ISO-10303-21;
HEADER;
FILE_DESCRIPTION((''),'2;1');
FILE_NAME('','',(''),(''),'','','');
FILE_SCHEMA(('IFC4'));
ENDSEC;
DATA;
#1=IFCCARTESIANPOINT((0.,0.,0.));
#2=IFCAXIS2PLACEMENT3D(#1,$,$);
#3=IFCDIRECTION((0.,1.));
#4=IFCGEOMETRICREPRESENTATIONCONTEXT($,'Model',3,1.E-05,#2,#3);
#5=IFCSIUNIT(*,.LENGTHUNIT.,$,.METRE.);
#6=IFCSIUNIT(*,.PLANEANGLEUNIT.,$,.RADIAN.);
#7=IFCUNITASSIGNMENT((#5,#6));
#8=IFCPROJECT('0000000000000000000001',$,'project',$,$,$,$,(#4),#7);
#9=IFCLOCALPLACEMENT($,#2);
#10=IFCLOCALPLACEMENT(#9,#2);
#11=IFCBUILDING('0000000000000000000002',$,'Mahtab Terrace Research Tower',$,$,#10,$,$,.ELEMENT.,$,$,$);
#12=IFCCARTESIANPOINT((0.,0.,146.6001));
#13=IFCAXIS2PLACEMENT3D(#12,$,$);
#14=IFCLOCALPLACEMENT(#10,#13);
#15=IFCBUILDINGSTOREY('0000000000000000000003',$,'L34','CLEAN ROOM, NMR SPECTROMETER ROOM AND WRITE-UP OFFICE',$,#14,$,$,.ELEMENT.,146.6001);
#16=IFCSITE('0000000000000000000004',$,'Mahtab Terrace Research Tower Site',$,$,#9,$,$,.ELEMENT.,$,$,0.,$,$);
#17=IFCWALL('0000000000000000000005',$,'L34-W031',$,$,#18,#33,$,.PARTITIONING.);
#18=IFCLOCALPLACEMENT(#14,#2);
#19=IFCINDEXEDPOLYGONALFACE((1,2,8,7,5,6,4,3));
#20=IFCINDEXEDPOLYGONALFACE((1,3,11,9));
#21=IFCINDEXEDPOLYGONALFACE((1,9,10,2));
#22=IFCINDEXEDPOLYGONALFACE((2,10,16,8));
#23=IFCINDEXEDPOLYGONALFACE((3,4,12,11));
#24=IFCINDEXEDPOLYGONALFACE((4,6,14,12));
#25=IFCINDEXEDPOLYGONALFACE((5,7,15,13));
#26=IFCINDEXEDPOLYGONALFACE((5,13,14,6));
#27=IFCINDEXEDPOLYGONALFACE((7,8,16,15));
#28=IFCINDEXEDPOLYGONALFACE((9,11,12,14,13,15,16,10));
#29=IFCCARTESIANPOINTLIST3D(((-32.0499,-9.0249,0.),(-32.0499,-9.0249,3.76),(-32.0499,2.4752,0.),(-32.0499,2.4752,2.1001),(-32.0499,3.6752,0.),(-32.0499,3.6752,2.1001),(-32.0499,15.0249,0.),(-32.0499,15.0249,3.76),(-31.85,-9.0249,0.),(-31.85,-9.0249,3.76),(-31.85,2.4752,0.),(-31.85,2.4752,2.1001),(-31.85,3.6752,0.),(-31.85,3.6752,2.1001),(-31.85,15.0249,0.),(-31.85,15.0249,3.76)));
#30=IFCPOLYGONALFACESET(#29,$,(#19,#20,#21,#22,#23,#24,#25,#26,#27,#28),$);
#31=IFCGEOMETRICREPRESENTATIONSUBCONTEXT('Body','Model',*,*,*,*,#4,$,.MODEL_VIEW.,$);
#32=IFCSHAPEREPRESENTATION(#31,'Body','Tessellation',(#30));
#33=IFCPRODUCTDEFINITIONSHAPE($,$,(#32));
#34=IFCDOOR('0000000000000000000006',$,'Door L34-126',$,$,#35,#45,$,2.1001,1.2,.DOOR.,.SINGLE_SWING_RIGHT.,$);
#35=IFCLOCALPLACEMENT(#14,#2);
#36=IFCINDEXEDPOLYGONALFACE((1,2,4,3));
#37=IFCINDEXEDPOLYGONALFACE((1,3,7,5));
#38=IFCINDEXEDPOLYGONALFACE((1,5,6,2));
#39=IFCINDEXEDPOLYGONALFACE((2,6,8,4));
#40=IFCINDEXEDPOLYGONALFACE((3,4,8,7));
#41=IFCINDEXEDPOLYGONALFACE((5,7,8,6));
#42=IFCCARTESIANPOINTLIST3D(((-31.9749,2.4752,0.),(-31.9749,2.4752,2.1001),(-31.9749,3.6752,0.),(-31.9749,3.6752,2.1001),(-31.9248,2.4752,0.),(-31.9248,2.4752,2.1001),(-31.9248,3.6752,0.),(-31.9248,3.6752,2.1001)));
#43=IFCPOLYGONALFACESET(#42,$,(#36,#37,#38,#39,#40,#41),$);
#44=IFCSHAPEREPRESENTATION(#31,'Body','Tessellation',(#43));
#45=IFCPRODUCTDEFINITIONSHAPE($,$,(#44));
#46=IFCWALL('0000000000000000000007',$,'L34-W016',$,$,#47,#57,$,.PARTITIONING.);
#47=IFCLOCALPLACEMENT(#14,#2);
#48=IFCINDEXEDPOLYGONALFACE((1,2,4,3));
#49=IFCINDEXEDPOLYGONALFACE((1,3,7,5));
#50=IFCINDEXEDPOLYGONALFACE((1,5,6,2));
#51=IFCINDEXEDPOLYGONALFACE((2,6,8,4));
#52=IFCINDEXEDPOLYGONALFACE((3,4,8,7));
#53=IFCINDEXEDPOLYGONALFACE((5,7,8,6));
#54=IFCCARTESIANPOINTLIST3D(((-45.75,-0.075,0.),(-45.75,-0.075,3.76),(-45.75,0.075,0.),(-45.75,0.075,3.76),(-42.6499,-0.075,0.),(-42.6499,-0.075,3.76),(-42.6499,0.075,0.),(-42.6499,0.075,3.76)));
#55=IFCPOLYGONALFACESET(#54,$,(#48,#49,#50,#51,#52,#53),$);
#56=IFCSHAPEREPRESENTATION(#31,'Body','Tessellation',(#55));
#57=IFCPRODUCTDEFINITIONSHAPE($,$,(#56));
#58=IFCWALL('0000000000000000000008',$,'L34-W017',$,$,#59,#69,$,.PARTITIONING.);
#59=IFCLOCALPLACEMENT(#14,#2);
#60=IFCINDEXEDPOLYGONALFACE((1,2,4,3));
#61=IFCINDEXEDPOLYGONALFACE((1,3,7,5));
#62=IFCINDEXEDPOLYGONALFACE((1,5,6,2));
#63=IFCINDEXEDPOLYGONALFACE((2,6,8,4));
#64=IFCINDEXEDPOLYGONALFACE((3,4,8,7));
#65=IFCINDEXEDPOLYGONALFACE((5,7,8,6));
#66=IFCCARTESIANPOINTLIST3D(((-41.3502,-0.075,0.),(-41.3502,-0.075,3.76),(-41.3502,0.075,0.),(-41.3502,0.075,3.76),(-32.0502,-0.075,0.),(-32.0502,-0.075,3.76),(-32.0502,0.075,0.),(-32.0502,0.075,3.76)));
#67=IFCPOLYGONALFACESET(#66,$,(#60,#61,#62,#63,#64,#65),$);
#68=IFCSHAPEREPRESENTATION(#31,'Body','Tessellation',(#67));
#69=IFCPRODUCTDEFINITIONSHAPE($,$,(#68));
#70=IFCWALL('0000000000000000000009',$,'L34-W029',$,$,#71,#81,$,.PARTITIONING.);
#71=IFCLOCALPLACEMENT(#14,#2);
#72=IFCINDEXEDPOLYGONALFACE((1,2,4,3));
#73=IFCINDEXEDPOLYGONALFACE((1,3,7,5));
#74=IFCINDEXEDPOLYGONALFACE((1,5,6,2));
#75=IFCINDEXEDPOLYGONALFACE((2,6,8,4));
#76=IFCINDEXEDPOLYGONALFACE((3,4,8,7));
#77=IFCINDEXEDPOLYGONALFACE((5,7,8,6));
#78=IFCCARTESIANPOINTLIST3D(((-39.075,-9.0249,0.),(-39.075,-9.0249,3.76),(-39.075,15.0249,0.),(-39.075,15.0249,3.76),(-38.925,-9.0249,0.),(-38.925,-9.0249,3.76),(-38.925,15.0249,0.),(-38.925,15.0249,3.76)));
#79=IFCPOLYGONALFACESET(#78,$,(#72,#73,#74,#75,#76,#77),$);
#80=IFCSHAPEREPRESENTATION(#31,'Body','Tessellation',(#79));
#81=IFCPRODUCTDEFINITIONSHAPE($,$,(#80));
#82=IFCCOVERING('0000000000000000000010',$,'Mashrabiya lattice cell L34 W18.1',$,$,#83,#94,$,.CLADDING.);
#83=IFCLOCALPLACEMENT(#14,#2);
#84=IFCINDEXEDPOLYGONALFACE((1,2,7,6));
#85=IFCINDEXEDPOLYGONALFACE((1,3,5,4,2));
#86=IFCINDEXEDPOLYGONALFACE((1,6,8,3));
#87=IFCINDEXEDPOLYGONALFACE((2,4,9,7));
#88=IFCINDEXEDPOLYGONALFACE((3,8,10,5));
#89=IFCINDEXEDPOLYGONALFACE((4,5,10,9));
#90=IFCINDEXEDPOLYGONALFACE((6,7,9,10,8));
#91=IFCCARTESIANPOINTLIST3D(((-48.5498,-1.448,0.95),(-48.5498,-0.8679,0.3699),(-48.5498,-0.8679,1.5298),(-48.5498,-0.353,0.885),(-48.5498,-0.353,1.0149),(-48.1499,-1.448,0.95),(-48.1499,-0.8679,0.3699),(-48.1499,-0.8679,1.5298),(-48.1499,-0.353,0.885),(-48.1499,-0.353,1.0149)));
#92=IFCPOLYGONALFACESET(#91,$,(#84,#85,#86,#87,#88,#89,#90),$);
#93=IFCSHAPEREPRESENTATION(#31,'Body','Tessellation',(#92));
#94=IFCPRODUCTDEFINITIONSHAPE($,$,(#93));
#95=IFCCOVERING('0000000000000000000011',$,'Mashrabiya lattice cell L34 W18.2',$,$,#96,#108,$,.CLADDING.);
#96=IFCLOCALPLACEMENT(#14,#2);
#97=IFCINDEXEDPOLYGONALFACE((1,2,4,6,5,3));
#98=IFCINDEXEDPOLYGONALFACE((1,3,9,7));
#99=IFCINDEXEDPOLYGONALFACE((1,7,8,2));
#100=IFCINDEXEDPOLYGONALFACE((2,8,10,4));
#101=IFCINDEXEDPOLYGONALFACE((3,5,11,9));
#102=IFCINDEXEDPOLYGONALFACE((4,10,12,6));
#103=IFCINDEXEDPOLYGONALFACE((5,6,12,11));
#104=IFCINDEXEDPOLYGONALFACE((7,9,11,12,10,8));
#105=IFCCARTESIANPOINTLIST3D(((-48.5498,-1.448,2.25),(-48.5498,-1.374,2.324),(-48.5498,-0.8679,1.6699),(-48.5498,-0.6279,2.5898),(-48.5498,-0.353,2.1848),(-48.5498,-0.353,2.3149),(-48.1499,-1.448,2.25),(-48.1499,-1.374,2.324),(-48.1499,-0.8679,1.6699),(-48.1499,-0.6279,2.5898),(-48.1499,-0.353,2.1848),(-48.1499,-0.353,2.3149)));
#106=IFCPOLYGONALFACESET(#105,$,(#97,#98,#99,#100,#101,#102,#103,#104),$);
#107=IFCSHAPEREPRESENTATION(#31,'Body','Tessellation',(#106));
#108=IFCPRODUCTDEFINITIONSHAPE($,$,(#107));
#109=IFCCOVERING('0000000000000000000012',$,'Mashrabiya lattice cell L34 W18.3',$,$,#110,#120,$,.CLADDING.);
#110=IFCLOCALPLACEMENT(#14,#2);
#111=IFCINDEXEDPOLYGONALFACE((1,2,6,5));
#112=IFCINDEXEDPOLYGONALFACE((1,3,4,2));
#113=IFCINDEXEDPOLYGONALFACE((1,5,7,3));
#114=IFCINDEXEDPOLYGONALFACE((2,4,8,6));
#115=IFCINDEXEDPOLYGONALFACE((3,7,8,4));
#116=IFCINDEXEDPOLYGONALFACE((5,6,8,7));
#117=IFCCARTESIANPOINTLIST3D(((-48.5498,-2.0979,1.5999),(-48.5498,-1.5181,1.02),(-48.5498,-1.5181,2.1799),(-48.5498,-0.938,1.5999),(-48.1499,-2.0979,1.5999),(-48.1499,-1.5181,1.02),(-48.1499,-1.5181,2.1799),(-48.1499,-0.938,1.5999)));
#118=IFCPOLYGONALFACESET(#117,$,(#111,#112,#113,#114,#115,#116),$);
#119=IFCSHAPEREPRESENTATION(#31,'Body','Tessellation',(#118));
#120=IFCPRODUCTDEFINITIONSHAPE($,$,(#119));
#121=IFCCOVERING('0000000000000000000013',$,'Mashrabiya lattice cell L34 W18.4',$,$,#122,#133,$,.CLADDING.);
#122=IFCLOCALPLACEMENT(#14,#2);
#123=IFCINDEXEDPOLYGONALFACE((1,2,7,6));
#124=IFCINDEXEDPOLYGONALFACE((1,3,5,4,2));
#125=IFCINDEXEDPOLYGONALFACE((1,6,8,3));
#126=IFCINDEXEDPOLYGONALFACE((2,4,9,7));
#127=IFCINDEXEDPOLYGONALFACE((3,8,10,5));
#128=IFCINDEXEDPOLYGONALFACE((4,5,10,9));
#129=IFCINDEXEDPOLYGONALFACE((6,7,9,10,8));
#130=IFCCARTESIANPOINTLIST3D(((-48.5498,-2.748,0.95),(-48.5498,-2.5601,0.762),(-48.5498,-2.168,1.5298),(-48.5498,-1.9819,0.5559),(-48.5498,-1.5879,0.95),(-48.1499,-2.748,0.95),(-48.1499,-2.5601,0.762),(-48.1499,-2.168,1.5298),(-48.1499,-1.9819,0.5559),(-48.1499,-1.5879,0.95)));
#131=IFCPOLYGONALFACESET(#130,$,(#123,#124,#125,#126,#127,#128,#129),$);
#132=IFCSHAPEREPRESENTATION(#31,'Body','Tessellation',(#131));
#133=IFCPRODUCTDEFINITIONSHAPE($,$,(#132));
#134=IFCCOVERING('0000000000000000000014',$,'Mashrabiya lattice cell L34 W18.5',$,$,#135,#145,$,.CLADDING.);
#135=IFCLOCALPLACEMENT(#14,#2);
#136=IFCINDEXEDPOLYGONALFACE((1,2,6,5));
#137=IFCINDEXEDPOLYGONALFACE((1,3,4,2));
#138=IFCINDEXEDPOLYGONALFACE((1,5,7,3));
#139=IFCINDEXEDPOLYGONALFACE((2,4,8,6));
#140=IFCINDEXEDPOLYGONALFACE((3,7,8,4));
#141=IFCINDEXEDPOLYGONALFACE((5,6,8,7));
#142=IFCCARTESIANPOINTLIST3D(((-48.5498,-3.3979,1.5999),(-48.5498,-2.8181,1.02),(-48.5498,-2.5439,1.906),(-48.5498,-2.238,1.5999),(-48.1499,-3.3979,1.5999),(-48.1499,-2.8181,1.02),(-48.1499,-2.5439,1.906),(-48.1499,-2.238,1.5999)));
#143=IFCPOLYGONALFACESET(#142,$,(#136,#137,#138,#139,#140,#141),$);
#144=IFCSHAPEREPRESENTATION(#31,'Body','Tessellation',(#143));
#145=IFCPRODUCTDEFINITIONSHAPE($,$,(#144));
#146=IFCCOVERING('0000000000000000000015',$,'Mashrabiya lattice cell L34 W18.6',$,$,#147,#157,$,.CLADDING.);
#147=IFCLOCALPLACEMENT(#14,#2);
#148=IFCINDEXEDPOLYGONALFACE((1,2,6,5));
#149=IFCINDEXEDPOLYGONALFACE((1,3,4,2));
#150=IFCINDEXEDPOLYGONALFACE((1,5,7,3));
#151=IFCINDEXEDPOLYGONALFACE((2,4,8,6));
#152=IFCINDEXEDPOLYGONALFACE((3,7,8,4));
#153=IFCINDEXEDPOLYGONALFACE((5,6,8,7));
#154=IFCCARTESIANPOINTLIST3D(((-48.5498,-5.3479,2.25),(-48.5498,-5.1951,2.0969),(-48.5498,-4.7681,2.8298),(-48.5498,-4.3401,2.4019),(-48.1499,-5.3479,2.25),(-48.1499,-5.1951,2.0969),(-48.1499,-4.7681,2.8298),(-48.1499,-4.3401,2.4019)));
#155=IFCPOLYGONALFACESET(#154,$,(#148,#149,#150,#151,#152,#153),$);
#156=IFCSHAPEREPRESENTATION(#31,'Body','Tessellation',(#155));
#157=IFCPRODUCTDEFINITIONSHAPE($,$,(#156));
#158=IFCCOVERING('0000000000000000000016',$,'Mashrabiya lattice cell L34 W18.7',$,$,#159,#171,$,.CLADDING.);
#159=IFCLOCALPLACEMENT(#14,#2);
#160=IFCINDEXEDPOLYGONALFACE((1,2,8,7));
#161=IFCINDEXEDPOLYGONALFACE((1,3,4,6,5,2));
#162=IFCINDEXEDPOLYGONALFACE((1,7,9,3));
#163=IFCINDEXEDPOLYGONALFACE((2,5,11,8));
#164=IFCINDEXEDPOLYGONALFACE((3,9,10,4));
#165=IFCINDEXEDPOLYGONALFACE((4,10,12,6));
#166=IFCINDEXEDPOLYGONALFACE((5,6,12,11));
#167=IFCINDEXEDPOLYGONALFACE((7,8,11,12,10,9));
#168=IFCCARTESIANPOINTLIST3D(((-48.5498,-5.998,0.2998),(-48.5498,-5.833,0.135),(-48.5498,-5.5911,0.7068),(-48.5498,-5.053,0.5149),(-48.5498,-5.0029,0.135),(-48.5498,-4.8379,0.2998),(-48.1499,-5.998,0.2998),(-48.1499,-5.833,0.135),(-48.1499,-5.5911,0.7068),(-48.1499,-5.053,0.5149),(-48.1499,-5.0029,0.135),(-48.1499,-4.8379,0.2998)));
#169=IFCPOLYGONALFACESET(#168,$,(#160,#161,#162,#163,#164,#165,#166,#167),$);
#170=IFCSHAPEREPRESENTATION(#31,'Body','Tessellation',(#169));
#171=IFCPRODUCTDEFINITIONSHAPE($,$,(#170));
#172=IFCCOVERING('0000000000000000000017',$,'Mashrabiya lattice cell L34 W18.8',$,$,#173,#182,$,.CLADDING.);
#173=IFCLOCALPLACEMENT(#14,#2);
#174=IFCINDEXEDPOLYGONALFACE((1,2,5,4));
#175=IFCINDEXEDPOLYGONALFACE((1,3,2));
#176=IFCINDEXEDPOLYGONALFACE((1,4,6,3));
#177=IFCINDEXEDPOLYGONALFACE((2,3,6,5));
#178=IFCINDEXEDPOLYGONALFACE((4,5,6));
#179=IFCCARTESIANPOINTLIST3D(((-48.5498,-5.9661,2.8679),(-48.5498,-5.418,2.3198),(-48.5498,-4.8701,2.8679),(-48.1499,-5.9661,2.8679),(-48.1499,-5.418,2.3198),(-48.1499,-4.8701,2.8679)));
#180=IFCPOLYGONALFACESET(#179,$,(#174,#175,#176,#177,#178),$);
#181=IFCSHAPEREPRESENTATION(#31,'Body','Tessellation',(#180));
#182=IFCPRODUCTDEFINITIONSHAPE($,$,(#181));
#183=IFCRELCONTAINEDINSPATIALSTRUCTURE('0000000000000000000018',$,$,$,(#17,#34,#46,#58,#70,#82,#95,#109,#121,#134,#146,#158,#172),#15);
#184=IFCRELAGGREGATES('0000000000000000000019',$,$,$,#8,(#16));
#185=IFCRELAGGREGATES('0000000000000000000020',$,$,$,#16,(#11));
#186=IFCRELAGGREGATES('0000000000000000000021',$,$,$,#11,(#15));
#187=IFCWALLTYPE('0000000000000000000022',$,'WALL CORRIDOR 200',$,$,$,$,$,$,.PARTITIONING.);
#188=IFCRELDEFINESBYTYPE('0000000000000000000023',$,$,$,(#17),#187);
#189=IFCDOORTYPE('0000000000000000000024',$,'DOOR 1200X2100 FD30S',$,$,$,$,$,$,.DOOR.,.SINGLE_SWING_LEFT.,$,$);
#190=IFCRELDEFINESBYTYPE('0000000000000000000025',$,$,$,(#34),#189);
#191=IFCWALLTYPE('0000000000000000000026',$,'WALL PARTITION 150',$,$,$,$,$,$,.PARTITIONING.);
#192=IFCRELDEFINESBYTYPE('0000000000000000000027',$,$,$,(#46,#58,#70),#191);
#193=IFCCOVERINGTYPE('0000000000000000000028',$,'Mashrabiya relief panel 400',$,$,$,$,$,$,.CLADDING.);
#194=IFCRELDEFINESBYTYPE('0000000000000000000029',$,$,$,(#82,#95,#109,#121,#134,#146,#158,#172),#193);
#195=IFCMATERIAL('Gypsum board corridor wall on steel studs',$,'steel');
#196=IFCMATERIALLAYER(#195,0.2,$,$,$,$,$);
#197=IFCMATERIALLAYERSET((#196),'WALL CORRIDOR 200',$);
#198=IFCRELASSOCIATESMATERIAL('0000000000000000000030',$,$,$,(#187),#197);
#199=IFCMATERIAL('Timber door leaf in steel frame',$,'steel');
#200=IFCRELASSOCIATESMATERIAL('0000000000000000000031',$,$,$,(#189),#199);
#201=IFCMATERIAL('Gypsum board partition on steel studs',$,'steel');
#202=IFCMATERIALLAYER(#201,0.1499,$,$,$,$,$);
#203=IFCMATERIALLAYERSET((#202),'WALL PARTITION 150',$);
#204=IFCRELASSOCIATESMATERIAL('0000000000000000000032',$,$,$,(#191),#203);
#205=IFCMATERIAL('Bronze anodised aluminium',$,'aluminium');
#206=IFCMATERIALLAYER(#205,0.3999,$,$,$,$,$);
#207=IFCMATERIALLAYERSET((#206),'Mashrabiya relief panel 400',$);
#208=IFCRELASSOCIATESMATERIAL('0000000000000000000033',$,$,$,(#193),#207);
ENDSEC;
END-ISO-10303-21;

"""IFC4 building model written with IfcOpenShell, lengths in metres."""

from ifc_helpers import new_model, si_unit, direction, frame, frame_2d, origin, place, context, subcontext, project, spatial, polyline, rectangle, outline, extrude, material, layer, layer_set, type_object, element, fill, save


model = new_model("IFC4")

# Units and contexts
model_context = context("Model", 3, precision=1e-05, world=origin(), true_north=direction((0.0, 1.0)))
body_context = subcontext(model_context, "Body", "Model", "MODEL_VIEW")
ifc_project = project(units=[si_unit("LENGTHUNIT", "METRE"), si_unit("PLANEANGLEUNIT", "RADIAN")], contexts=[model_context])

# Site, building, storey
site_placement = place(None, origin())
site = spatial("IfcSite", under=ifc_project, at=site_placement, Name="Mahtab Terrace Research Tower Site", CompositionType="ELEMENT", RefElevation=0.0)
building_placement = place(site_placement, origin())
building = spatial("IfcBuilding", under=site, at=building_placement, Name="Mahtab Terrace Research Tower", CompositionType="ELEMENT")
storey_placement = place(building_placement, frame((0.0, 0.0, 146.6001)))
storey = spatial("IfcBuildingStorey", under=building, at=storey_placement, Name="L34", Description="CLEAN ROOM, NMR SPECTROMETER ROOM AND WRITE-UP OFFICE", CompositionType="ELEMENT", Elevation=146.6001)

# Wall, opening, door
ifc_material_1 = material(Name="Gypsum board corridor wall on steel studs", Category="steel")
ifc_layer_1 = layer(ifc_material_1, 0.2)
ifc_layer_set_1 = layer_set([ifc_layer_1], Name="WALL CORRIDOR 200")
wall_type_1 = type_object("IfcWallType", Name="WALL CORRIDOR 200", PredefinedType="PARTITIONING", material=ifc_layer_set_1)
ifc_material_2 = material(Name="Timber door leaf in steel frame", Category="steel")
door_type = type_object("IfcDoorType", Name="DOOR 1200X2100 FD30S", OperationType="SINGLE_SWING_LEFT", PredefinedType="DOOR", material=ifc_material_2)
wall_1_placement = place(storey_placement, frame((-31.95, -9.0249, 0.0), z_axis=(0.0, 0.0, 1.0), x_axis=(0.0, 1.0, 0.0)))
wall_1 = element("IfcWall", 1, at=wall_1_placement, inside=storey, type_object=wall_type_1, Name="L34-W031", PredefinedType="PARTITIONING", context=body_context, shape_type="SweptSolid", body=[
    extrude(rectangle(XDim=24.0498, YDim=0.2, at=frame_2d((12.0249, 0.0))), origin(), (0.0, 0.0, 1.0), 3.76),
])
opening_1_placement = place(wall_1_placement, frame((11.5, 0.0, 0.0)))
opening_1 = element("IfcOpeningElement", 2, at=opening_1_placement, cuts=wall_1, PredefinedType="OPENING", context=body_context, shape_type="SweptSolid", body=[
    extrude(rectangle(XDim=1.2, YDim=2.1001, at=frame_2d((0.6001, 1.05))), frame((0.0, 0.1099, 0.0), z_axis=(0.0, -1.0, 0.0), x_axis=(1.0, 0.0, 0.0)), (0.0, 0.0, 1.0), 0.22),
])
door_1_placement = place(opening_1_placement, origin())
door_1 = element("IfcDoor", 3, at=door_1_placement, inside=storey, type_object=door_type, Name="Door L34-126", OperationType="SINGLE_SWING_RIGHT", OverallHeight=2.1001, OverallWidth=1.2, PredefinedType="DOOR", context=body_context, shape_type="SweptSolid", body=[
    extrude(rectangle(XDim=1.2, YDim=2.1001, at=frame_2d((0.6001, 1.05))), frame((0.0, 0.0249, 0.0), z_axis=(0.0, -1.0, 0.0), x_axis=(1.0, 0.0, 0.0)), (0.0, 0.0, 1.0), 0.05),
])
fill(opening_1, door_1)

# Walls
ifc_material_3 = material(Name="Gypsum board partition on steel studs", Category="steel")
ifc_layer_2 = layer(ifc_material_3, 0.1499)
ifc_layer_set_2 = layer_set([ifc_layer_2], Name="WALL PARTITION 150")
wall_type_2 = type_object("IfcWallType", Name="WALL PARTITION 150", PredefinedType="PARTITIONING", material=ifc_layer_set_2)
wall_2_placement = place(storey_placement, frame((-45.75, 0.0, 0.0), z_axis=(0.0, 0.0, 1.0), x_axis=(1.0, 0.0, 0.0)))
element("IfcWall", 4, at=wall_2_placement, inside=storey, type_object=wall_type_2, Name="L34-W016", PredefinedType="PARTITIONING", context=body_context, shape_type="SweptSolid", body=[
    extrude(rectangle(XDim=3.1001, YDim=0.1499, at=frame_2d((1.55, 0.0))), origin(), (0.0, 0.0, 1.0), 3.76),
])
wall_3_placement = place(storey_placement, frame((-41.3501, 0.0, 0.0), z_axis=(0.0, 0.0, 1.0), x_axis=(1.0, 0.0, 0.0)))
element("IfcWall", 5, at=wall_3_placement, inside=storey, type_object=wall_type_2, Name="L34-W017", PredefinedType="PARTITIONING", context=body_context, shape_type="SweptSolid", body=[
    extrude(rectangle(XDim=9.3, YDim=0.1499, at=frame_2d((4.6499, 0.0))), origin(), (0.0, 0.0, 1.0), 3.76),
])
wall_4_placement = place(storey_placement, frame((-39.0, -9.0249, 0.0), z_axis=(0.0, 0.0, 1.0), x_axis=(0.0, 1.0, 0.0)))
element("IfcWall", 6, at=wall_4_placement, inside=storey, type_object=wall_type_2, Name="L34-W029", PredefinedType="PARTITIONING", context=body_context, shape_type="SweptSolid", body=[
    extrude(rectangle(XDim=24.0498, YDim=0.1499, at=frame_2d((12.0249, 0.0))), origin(), (0.0, 0.0, 1.0), 3.76),
])

# Coverings
ifc_material_4 = material(Name="Bronze anodised aluminium", Category="aluminium")
ifc_layer_3 = layer(ifc_material_4, 0.3999)
ifc_layer_set_3 = layer_set([ifc_layer_3], Name="Mashrabiya relief panel 400")
covering_type = type_object("IfcCoveringType", Name="Mashrabiya relief panel 400", PredefinedType="CLADDING", material=ifc_layer_set_3)
covering_1_placement = place(storey_placement, frame((-48.1499, -0.8679, 1.5298), z_axis=(1.0, 0.0, 0.0), x_axis=(0.0, -0.707256, -0.706958)))
element("IfcCovering", 7, at=covering_1_placement, inside=storey, type_object=covering_type, Name="Mashrabiya lattice cell L34 W18.1", PredefinedType="CLADDING", context=body_context, shape_type="SweptSolid", body=[
    extrude(outline(polyline([(0.0, 0.0), (0.8202, 0.0), (0.82, 0.8204), (0.0917, 0.82), (-0.0002, 0.7282), (0.0, 0.0)])), origin(), (0.0, 0.0, -1.0), 0.3999),
])
covering_2_placement = place(storey_placement, frame((-48.1499, -1.448, 2.25), z_axis=(1.0, 0.0, 0.0), x_axis=(0.0, 0.707107, -0.707107)))
element("IfcCovering", 8, at=covering_2_placement, inside=storey, type_object=covering_type, Name="Mashrabiya lattice cell L34 W18.2", PredefinedType="CLADDING", context=body_context, shape_type="SweptSolid", body=[
    extrude(outline(polyline([(0.0, 0.0), (0.8204, 0.0), (0.8204, 0.7282), (0.7283, 0.8202), (0.3396, 0.8202), (0.0, 0.1046), (0.0, 0.0)])), origin(), (0.0, 0.0, -1.0), 0.3999),
])
covering_3_placement = place(storey_placement, frame((-48.1499, -1.5181, 2.1799), z_axis=(1.0, 0.0, 0.0), x_axis=(0.0, -0.706958, -0.707256)))
element("IfcCovering", 9, at=covering_3_placement, inside=storey, type_object=covering_type, Name="Mashrabiya lattice cell L34 W18.3", PredefinedType="CLADDING", context=body_context, shape_type="SweptSolid", body=[
    extrude(outline(polyline([(0.0, 0.0), (0.8202, 0.0), (0.8204, 0.82), (0.0002, 0.8204), (0.0, 0.0)])), origin(), (0.0, 0.0, -1.0), 0.3999),
])
covering_4_placement = place(storey_placement, frame((-48.1499, -1.5879, 0.95), z_axis=(1.0, 0.0, 0.0), x_axis=(0.0, -0.707256, 0.706958)))
element("IfcCovering", 10, at=covering_4_placement, inside=storey, type_object=covering_type, Name="Mashrabiya lattice cell L34 W18.4", PredefinedType="CLADDING", context=body_context, shape_type="SweptSolid", body=[
    extrude(outline(polyline([(0.0, 0.0), (0.8202, 0.0), (0.8205, 0.8202), (0.5547, 0.8202), (0.0001, 0.5573), (0.0, 0.0)])), origin(), (0.0, 0.0, -1.0), 0.3999),
])
covering_5_placement = place(storey_placement, frame((-48.1499, -3.3979, 1.5999), z_axis=(1.0, 0.0, 0.0), x_axis=(0.0, 0.707107, -0.707107)))
element("IfcCovering", 11, at=covering_5_placement, inside=storey, type_object=covering_type, Name="Mashrabiya lattice cell L34 W18.5", PredefinedType="CLADDING", context=body_context, shape_type="SweptSolid", body=[
    extrude(outline(polyline([(0.0, 0.0), (0.82, 0.0), (0.8202, 0.8202), (0.3874, 0.8204), (0.0, 0.0)])), origin(), (0.0, 0.0, -1.0), 0.3999),
])
covering_6_placement = place(storey_placement, frame((-48.1499, -4.7681, 2.8298), z_axis=(1.0, 0.0, 0.0), x_axis=(0.0, -0.707107, -0.707107)))
element("IfcCovering", 12, at=covering_6_placement, inside=storey, type_object=covering_type, Name="Mashrabiya lattice cell L34 W18.6", PredefinedType="CLADDING", context=body_context, shape_type="SweptSolid", body=[
    extrude(outline(polyline([(0.0, 0.0), (0.82, 0.0), (0.8202, 0.2163), (0.0, 0.6053), (0.0, 0.0)])), origin(), (0.0, 0.0, -1.0), 0.3999),
])
covering_7_placement = place(storey_placement, frame((-48.1499, -4.8379, 0.2998), z_axis=(1.0, 0.0, 0.0), x_axis=(0.0, -0.707107, 0.707107)))
element("IfcCovering", 13, at=covering_7_placement, inside=storey, type_object=covering_type, Name="Mashrabiya lattice cell L34 W18.7", PredefinedType="CLADDING", context=body_context, shape_type="SweptSolid", body=[
    extrude(outline(polyline([(0.0, 0.0), (0.3042, 0.0), (0.8204, 0.2448), (0.8204, 0.8204), (0.5871, 0.8202), (0.0002, 0.2332), (0.0, 0.0)])), origin(), (0.0, 0.0, -1.0), 0.3999),
])
covering_8_placement = place(storey_placement, frame((-48.1499, -5.418, 2.3198), z_axis=(1.0, 0.0, 0.0), x_axis=(0.0, 0.706949, 0.707264)))
element("IfcCovering", 14, at=covering_8_placement, inside=storey, type_object=covering_type, Name="Mashrabiya lattice cell L34 W18.8", PredefinedType="CLADDING", context=body_context, shape_type="SweptSolid", body=[
    extrude(outline(polyline([(0.0, 0.0), (0.775, 0.0), (0.0002, 0.7751), (0.0, 0.0)])), origin(), (0.0, 0.0, -1.0), 0.3999),
])

save(model, "model.ifc")
